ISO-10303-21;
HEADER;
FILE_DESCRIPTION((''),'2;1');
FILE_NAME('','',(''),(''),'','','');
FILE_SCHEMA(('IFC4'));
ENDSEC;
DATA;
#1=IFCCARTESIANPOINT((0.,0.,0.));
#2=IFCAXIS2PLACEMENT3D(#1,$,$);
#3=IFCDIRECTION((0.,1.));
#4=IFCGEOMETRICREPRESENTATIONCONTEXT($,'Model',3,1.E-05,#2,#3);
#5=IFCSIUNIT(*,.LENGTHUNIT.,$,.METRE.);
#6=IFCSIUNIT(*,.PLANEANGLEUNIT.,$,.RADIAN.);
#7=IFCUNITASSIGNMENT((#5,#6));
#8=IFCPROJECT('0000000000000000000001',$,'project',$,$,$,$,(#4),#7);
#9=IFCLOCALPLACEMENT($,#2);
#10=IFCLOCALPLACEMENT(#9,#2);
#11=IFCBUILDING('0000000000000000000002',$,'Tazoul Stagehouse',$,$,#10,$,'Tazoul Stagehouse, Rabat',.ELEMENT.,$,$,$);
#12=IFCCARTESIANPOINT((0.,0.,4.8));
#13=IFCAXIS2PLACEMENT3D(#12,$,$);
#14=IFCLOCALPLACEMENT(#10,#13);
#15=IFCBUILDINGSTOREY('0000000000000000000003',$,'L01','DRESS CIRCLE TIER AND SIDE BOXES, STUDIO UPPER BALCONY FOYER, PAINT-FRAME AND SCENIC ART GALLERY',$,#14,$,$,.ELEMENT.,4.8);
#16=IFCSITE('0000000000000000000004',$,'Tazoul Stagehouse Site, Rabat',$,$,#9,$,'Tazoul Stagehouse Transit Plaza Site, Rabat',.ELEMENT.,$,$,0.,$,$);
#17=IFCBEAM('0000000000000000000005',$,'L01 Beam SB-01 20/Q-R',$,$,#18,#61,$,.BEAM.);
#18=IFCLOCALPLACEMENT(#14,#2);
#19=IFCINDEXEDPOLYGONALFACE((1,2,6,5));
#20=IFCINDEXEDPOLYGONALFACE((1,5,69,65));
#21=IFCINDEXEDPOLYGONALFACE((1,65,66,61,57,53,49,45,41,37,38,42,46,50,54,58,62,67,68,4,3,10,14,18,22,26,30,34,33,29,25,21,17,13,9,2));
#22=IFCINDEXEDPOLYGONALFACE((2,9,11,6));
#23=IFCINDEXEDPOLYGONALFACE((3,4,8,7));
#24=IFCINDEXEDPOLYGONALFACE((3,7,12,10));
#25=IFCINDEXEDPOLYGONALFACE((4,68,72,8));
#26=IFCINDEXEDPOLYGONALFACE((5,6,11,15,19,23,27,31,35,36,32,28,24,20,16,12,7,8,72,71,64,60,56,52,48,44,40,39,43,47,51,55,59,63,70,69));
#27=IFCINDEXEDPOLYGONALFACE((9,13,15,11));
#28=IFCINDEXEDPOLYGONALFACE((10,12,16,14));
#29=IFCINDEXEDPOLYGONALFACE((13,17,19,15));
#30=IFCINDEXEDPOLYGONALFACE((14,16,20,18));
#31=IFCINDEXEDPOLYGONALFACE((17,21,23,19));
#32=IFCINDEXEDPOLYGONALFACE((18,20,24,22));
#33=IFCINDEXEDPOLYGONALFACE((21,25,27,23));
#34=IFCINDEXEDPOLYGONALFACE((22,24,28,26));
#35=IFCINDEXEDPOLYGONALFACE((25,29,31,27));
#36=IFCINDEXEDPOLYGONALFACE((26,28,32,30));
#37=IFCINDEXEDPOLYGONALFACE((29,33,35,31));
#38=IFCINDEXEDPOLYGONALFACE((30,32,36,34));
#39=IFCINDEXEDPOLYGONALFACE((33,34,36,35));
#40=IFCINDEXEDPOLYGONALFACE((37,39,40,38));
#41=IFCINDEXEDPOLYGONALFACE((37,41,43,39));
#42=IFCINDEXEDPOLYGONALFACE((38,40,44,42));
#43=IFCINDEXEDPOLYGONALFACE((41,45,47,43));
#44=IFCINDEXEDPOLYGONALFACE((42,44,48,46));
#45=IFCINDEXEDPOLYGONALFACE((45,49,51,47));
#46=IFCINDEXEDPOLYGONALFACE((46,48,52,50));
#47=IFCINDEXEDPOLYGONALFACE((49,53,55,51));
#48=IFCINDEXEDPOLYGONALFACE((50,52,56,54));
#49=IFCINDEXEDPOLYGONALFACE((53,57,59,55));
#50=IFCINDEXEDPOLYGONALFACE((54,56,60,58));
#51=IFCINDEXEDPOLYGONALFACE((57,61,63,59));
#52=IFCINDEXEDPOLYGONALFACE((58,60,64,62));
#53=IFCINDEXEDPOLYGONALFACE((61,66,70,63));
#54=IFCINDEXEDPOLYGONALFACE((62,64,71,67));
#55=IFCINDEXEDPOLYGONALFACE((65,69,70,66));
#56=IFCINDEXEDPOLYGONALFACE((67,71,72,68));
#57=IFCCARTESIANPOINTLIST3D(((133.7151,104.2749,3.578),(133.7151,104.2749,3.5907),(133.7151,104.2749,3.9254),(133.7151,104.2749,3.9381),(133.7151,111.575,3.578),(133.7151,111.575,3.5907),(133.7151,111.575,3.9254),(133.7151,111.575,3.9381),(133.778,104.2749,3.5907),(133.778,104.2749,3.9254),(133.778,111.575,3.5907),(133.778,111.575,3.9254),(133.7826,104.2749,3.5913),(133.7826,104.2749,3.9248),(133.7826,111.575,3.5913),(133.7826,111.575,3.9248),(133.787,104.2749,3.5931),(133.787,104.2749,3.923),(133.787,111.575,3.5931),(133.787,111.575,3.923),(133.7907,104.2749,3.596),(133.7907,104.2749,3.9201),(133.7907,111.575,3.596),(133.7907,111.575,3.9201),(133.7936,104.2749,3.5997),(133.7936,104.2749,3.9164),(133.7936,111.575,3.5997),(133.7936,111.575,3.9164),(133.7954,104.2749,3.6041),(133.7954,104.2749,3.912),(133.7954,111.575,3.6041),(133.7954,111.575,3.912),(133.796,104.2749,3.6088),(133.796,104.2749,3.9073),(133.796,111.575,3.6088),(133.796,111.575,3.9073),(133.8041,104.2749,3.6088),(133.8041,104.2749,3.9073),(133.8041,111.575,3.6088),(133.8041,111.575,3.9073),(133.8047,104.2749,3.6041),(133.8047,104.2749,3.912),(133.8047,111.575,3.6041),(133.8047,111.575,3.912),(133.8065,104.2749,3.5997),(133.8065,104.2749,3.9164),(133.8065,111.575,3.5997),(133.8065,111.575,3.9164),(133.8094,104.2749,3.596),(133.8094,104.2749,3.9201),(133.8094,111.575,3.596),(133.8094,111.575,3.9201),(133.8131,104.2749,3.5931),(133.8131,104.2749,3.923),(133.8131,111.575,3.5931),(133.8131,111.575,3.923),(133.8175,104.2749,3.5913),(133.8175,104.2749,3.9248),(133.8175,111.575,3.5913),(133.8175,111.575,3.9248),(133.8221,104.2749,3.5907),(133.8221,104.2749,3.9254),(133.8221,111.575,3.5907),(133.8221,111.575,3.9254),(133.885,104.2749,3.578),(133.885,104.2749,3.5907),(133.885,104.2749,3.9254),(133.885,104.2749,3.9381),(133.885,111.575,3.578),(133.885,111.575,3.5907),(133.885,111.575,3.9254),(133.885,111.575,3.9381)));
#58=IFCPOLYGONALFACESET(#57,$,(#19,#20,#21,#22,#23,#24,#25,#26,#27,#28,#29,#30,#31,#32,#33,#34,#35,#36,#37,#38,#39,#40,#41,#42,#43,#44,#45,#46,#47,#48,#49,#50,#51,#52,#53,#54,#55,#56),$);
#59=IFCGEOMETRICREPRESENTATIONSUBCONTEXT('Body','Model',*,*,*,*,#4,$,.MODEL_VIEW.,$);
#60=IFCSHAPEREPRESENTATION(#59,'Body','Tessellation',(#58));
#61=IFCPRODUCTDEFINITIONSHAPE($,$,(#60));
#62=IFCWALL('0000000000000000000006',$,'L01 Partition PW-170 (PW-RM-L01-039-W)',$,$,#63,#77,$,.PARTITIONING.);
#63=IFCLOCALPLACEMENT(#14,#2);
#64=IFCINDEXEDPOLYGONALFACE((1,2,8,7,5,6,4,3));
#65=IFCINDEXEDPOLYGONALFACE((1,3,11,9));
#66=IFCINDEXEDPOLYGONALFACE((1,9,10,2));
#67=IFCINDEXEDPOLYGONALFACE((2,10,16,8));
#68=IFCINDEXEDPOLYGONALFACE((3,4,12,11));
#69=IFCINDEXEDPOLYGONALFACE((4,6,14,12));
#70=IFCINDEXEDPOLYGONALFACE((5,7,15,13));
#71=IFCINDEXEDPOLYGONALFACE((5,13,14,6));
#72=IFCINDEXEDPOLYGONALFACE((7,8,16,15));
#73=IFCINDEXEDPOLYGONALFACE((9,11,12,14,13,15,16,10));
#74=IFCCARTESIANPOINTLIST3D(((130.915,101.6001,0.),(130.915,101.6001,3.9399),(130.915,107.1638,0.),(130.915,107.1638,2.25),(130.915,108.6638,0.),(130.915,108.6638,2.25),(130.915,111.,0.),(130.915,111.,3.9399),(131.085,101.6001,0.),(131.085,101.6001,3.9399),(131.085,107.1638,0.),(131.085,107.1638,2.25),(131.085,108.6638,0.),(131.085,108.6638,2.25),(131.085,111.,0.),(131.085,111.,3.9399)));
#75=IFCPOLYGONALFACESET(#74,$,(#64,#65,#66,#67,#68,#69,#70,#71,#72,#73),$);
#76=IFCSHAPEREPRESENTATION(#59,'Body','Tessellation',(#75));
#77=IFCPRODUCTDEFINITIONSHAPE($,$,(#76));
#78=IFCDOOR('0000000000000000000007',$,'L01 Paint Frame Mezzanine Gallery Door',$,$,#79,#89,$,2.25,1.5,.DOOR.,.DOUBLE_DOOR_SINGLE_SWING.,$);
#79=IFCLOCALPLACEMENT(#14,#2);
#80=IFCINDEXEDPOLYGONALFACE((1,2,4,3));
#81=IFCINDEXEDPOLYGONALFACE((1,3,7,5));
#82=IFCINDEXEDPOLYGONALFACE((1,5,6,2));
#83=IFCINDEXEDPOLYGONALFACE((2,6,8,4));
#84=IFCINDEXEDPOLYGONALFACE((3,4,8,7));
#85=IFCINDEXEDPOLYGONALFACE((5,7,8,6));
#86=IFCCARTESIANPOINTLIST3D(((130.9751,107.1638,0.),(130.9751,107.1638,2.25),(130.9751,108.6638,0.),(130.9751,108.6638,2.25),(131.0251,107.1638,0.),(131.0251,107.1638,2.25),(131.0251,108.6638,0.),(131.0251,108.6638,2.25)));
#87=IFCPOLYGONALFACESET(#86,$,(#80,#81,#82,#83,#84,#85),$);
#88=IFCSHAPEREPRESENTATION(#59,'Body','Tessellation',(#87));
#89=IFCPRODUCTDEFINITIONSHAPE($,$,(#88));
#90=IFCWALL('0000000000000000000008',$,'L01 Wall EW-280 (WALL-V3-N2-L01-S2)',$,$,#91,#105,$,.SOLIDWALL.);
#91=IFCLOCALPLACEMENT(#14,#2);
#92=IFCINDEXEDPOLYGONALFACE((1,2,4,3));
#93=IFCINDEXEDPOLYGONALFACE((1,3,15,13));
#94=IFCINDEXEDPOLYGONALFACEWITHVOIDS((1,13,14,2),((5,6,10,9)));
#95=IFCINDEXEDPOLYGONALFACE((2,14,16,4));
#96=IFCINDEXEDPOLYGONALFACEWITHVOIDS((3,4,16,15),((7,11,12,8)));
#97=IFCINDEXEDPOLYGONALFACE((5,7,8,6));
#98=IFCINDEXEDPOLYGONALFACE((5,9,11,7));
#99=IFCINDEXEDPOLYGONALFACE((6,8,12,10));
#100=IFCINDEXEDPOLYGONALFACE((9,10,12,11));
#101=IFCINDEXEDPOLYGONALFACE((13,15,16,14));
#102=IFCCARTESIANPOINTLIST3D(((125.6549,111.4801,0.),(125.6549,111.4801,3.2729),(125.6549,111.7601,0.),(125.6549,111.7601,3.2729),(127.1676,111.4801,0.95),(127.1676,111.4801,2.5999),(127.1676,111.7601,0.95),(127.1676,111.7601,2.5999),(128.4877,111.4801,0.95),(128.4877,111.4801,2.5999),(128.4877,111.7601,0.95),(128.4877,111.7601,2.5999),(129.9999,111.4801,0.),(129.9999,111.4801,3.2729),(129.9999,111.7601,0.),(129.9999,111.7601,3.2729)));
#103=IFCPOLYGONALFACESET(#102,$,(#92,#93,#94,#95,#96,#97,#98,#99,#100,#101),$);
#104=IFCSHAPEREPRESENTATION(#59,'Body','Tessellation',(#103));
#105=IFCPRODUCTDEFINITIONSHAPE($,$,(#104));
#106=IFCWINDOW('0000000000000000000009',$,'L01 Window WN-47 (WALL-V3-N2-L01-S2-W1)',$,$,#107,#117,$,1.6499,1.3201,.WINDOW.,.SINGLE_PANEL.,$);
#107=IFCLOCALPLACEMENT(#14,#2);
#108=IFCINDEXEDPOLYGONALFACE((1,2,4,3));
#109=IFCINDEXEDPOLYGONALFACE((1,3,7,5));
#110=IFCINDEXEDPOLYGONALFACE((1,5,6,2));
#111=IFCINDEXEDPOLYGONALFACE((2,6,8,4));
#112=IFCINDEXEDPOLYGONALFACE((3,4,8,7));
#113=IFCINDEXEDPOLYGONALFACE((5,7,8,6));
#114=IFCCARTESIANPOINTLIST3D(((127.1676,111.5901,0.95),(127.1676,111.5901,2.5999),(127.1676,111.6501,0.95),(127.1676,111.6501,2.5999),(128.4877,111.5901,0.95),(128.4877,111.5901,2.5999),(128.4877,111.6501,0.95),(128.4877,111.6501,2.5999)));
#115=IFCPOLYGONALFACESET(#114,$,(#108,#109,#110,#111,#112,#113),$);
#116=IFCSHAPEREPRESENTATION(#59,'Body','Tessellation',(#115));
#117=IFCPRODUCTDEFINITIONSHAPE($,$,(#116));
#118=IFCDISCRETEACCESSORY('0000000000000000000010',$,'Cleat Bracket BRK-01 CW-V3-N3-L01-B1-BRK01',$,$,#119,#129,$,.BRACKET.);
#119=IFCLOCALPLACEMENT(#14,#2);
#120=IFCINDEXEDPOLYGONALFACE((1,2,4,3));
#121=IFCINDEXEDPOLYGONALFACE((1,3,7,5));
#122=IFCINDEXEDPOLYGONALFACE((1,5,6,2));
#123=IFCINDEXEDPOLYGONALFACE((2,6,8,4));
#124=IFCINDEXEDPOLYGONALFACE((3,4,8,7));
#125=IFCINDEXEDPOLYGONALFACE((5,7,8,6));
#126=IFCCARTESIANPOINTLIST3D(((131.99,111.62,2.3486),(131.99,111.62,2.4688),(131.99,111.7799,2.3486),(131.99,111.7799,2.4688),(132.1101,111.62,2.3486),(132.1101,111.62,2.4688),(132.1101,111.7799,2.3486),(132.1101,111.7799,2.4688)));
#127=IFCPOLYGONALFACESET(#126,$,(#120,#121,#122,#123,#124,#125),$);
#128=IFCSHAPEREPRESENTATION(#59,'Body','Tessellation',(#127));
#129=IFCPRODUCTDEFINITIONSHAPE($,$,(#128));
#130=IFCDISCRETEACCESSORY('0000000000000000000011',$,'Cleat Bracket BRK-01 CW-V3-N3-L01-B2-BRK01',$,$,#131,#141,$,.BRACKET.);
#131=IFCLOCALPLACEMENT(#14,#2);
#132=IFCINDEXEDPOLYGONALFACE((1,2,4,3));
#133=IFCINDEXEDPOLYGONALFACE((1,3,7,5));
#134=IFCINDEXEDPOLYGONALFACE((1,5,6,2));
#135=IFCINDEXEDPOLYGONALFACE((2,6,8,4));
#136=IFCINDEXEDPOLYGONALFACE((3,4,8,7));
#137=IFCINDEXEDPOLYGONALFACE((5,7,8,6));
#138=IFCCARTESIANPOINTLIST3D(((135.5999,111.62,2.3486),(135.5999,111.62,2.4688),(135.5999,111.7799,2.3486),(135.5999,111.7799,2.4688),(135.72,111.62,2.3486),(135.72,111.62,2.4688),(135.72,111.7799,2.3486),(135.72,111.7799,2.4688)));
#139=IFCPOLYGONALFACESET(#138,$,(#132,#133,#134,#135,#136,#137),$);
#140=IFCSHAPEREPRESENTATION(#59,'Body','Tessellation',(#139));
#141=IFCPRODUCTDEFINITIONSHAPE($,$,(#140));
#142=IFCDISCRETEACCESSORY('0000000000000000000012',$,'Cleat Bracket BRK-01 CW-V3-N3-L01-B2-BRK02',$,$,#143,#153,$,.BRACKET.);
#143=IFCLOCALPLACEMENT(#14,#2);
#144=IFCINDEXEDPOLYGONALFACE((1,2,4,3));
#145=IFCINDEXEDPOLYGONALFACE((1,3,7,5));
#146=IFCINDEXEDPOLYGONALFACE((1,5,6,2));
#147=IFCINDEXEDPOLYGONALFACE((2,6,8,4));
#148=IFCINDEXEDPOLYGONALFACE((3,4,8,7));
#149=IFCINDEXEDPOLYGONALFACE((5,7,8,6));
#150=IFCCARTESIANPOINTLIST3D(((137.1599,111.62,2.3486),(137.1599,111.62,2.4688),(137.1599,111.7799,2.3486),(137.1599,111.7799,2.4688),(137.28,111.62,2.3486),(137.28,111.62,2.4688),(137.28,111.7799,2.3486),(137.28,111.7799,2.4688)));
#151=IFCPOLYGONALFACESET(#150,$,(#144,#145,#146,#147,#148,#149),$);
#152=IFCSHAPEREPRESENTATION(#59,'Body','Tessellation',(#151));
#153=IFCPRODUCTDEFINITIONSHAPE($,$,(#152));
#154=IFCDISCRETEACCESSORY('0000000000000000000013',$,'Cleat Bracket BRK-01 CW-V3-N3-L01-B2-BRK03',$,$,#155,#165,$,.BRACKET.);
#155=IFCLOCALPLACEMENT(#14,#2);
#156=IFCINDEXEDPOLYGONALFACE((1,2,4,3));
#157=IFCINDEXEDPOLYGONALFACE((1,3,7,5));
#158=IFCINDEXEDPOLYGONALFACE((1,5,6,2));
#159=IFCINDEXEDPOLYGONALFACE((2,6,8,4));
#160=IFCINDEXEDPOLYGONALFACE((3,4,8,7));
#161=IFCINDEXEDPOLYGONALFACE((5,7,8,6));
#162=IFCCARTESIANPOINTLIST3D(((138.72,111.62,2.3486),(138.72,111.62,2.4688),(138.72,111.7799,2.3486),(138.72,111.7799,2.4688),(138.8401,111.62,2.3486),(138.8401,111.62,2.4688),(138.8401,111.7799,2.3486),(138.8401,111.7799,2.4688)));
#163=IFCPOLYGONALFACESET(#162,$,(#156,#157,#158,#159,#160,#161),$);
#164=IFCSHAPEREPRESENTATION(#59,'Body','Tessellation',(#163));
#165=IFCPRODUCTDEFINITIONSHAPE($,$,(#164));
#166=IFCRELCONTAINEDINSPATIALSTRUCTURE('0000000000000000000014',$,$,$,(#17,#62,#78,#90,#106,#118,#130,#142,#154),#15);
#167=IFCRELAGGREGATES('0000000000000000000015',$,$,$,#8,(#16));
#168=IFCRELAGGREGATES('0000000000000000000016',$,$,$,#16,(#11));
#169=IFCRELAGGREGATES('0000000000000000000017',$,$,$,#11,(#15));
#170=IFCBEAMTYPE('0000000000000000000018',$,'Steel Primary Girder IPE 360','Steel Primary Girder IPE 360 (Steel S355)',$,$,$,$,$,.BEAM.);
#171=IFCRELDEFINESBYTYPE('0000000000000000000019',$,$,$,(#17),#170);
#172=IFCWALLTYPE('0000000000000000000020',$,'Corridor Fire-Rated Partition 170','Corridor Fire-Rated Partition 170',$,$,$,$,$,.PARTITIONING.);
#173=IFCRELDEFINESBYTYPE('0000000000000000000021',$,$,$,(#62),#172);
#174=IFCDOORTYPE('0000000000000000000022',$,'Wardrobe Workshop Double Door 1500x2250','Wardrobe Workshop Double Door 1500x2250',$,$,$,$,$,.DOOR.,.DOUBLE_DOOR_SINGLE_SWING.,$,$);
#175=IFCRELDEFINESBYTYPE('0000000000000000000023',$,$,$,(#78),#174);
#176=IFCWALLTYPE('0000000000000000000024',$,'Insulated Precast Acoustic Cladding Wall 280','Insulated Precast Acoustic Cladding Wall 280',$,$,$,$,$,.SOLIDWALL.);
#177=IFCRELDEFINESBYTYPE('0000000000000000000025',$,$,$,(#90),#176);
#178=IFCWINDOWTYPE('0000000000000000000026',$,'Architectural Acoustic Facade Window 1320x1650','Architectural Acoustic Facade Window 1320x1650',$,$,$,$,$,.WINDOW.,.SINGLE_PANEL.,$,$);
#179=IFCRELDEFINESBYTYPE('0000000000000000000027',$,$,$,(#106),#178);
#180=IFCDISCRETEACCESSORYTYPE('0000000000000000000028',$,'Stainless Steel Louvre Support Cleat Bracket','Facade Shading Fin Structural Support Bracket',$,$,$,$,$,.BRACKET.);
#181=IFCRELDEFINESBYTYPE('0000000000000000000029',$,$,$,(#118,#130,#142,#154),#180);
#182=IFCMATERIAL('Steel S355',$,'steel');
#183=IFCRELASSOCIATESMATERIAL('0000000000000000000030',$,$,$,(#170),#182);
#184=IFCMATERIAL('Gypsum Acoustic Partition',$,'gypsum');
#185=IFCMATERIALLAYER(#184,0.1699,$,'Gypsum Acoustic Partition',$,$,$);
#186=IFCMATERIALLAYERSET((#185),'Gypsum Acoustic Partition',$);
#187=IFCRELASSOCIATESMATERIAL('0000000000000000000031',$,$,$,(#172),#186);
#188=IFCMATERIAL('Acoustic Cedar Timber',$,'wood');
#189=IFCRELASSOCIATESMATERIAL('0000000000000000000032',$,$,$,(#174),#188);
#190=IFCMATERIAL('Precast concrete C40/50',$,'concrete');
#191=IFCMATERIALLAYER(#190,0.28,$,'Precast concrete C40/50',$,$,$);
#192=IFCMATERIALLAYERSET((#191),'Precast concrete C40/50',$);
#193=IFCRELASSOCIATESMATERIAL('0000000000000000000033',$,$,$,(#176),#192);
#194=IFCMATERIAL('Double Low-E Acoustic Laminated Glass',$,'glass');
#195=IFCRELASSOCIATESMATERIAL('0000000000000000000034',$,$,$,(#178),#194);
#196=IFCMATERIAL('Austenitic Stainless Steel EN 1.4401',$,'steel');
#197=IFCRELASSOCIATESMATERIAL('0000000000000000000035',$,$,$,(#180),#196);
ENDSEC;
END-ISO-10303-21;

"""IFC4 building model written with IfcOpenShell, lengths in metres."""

from ifc_helpers import new_model, si_unit, direction, frame, frame_2d, origin, origin_2d, place, context, subcontext, project, spatial, rectangle, i_section, extrude, material, layer, layer_set, material_profile, profile_set, type_object, element, fill, save


model = new_model("IFC4")

# Units and contexts
model_context = context("Model", 3, precision=1e-05, world=origin(), true_north=direction((0.0, 1.0)))
body_context = subcontext(model_context, "Body", "Model", "MODEL_VIEW")
ifc_project = project(units=[si_unit("LENGTHUNIT", "METRE"), si_unit("PLANEANGLEUNIT", "RADIAN")], contexts=[model_context])

# Site, building, storey
site_placement = place(None, origin())
site = spatial("IfcSite", under=ifc_project, at=site_placement, Name="Tazoul Stagehouse Site, Rabat", LongName="Tazoul Stagehouse Transit Plaza Site, Rabat", CompositionType="ELEMENT", RefElevation=0.0)
building_placement = place(site_placement, origin())
building = spatial("IfcBuilding", under=site, at=building_placement, Name="Tazoul Stagehouse", LongName="Tazoul Stagehouse, Rabat", CompositionType="ELEMENT")
storey_placement = place(building_placement, frame((0.0, 0.0, 4.8)))
storey = spatial("IfcBuildingStorey", under=building, at=storey_placement, Name="L01", Description="DRESS CIRCLE TIER AND SIDE BOXES, STUDIO UPPER BALCONY FOYER, PAINT-FRAME AND SCENIC ART GALLERY", CompositionType="ELEMENT", Elevation=4.8)

# Beam
ifc_material_1 = material(Name="Steel S355", Category="steel")
ifc_material_profile_1 = material_profile(ifc_material_1, i_section(OverallWidth=0.1699, OverallDepth=0.3601, WebThickness=0.0081, FlangeThickness=0.0127, FilletRadius=0.0181, at=origin_2d()), Name="IPE 360")
ifc_profile_set_1 = profile_set([ifc_material_profile_1], Name="Steel S355")
beam_type_1 = type_object("IfcBeamType", Name="Steel Primary Girder IPE 360", Description="Steel Primary Girder IPE 360 (Steel S355)", PredefinedType="BEAM", material=ifc_profile_set_1)
for number, where, z_axis, x_axis, name in (
    (1, (133.8, 104.2749, 3.7581), (0.0, 1.0, 0.0), (-1.0, 0.0, 0.0), "L01 Beam SB-01 20/Q-R"),
):
    element("IfcBeam", number, at=place(storey_placement, frame(where, z_axis=z_axis, x_axis=x_axis)), inside=storey, type_object=beam_type_1, Name=name, PredefinedType="BEAM", context=body_context, shape_type="SweptSolid", body=[
        extrude(i_section(OverallWidth=0.1699, OverallDepth=0.3601, WebThickness=0.0081, FlangeThickness=0.0127, FilletRadius=0.0181, at=origin_2d()), origin(), (0.0, 0.0, 1.0), 7.3),
    ])

# Wall, opening, door
ifc_material_2 = material(Name="Gypsum Acoustic Partition", Category="gypsum")
ifc_layer_1 = layer(ifc_material_2, 0.1699, Name="Gypsum Acoustic Partition")
ifc_layer_set_1 = layer_set([ifc_layer_1], Name="Gypsum Acoustic Partition")
wall_type_1 = type_object("IfcWallType", Name="Corridor Fire-Rated Partition 170", Description="Corridor Fire-Rated Partition 170", PredefinedType="PARTITIONING", material=ifc_layer_set_1)
wall_1_placement = place(storey_placement, frame((131.0, 101.6001, 0.0), z_axis=(0.0, 0.0, 1.0), x_axis=(0.0, 1.0, 0.0)))
wall_1 = element("IfcWall", 2, at=wall_1_placement, inside=storey, type_object=wall_type_1, Name="L01 Partition PW-170 (PW-RM-L01-039-W)", PredefinedType="PARTITIONING", context=body_context, shape_type="SweptSolid", body=[
    extrude(rectangle(XDim=9.3999, YDim=0.1699, at=frame_2d((4.7, 0.0))), origin(), (0.0, 0.0, 1.0), 3.9399),
])
opening_1_placement = place(wall_1_placement, frame((5.5637, 0.0, 0.0)))
opening_1 = element("IfcOpeningElement", 3, at=opening_1_placement, cuts=wall_1, PredefinedType="OPENING", context=body_context, shape_type="SweptSolid", body=[
    extrude(rectangle(XDim=1.5, YDim=2.25, at=frame_2d((0.75, 1.125))), frame((0.0, 0.105, 0.0), z_axis=(0.0, -1.0, 0.0), x_axis=(1.0, 0.0, 0.0)), (0.0, 0.0, 1.0), 0.21),
])
ifc_material_3 = material(Name="Acoustic Cedar Timber", Category="wood")
door_type = type_object("IfcDoorType", Name="Wardrobe Workshop Double Door 1500x2250", Description="Wardrobe Workshop Double Door 1500x2250", OperationType="DOUBLE_DOOR_SINGLE_SWING", PredefinedType="DOOR", material=ifc_material_3)
door_placement = place(opening_1_placement, origin())
door = element("IfcDoor", 4, at=door_placement, inside=storey, type_object=door_type, Name="L01 Paint Frame Mezzanine Gallery Door", OperationType="DOUBLE_DOOR_SINGLE_SWING", OverallHeight=2.25, OverallWidth=1.5, PredefinedType="DOOR", context=body_context, shape_type="SweptSolid", body=[
    extrude(rectangle(XDim=1.5, YDim=2.25, at=frame_2d((0.75, 1.125))), frame((0.0, 0.0249, 0.0), z_axis=(0.0, -1.0, 0.0), x_axis=(1.0, 0.0, 0.0)), (0.0, 0.0, 1.0), 0.05),
])
fill(opening_1, door)

# Wall, opening, window
ifc_material_4 = material(Name="Precast concrete C40/50", Category="concrete")
ifc_layer_2 = layer(ifc_material_4, 0.28, Name="Precast concrete C40/50")
ifc_layer_set_2 = layer_set([ifc_layer_2], Name="Precast concrete C40/50")
wall_type_2 = type_object("IfcWallType", Name="Insulated Precast Acoustic Cladding Wall 280", Description="Insulated Precast Acoustic Cladding Wall 280", PredefinedType="SOLIDWALL", material=ifc_layer_set_2)
wall_2_placement = place(storey_placement, frame((125.655, 111.6201, 0.0), z_axis=(0.0, 0.0, 1.0), x_axis=(1.0, 0.0, 0.0)))
wall_2 = element("IfcWall", 5, at=wall_2_placement, inside=storey, type_object=wall_type_2, Name="L01 Wall EW-280 (WALL-V3-N2-L01-S2)", PredefinedType="SOLIDWALL", context=body_context, shape_type="SweptSolid", body=[
    extrude(rectangle(XDim=4.345, YDim=0.28, at=frame_2d((2.1724, 0.0))), origin(), (0.0, 0.0, 1.0), 3.2729),
])
opening_2_placement = place(wall_2_placement, frame((1.5125, 0.0, 0.95)))
opening_2 = element("IfcOpeningElement", 6, at=opening_2_placement, cuts=wall_2, PredefinedType="OPENING", context=body_context, shape_type="SweptSolid", body=[
    extrude(rectangle(XDim=1.3201, YDim=1.6499, at=frame_2d((0.6602, 0.825))), frame((0.0, 0.1599, 0.0), z_axis=(0.0, -1.0, 0.0), x_axis=(1.0, 0.0, 0.0)), (0.0, 0.0, 1.0), 0.3201),
])
ifc_material_5 = material(Name="Double Low-E Acoustic Laminated Glass", Category="glass")
window_type = type_object("IfcWindowType", Name="Architectural Acoustic Facade Window 1320x1650", Description="Architectural Acoustic Facade Window 1320x1650", PartitioningType="SINGLE_PANEL", PredefinedType="WINDOW", material=ifc_material_5)
window_placement = place(opening_2_placement, origin())
window = element("IfcWindow", 7, at=window_placement, inside=storey, type_object=window_type, Name="L01 Window WN-47 (WALL-V3-N2-L01-S2-W1)", OverallHeight=1.6499, OverallWidth=1.3201, PartitioningType="SINGLE_PANEL", PredefinedType="WINDOW", context=body_context, shape_type="SweptSolid", body=[
    extrude(rectangle(XDim=1.3201, YDim=1.6499, at=frame_2d((0.6602, 0.825))), frame((0.0, 0.03, 0.0), z_axis=(0.0, -1.0, 0.0), x_axis=(1.0, 0.0, 0.0)), (0.0, 0.0, 1.0), 0.0601),
])
fill(opening_2, window)

# Discrete accessories
ifc_material_6 = material(Name="Austenitic Stainless Steel EN 1.4401", Category="steel")
discrete_accessory_type = type_object("IfcDiscreteAccessoryType", Name="Stainless Steel Louvre Support Cleat Bracket", Description="Facade Shading Fin Structural Support Bracket", PredefinedType="BRACKET", material=ifc_material_6)
for number, where, z_axis, x_axis, name in (
    (8, (132.05, 111.7, 2.3486), (0.0, 0.0, 1.0), (1.0, 0.0, 0.0), "Cleat Bracket BRK-01 CW-V3-N3-L01-B1-BRK01"),
    (9, (135.6599, 111.7, 2.3486), (0.0, 0.0, 1.0), (1.0, 0.0, 0.0), "Cleat Bracket BRK-01 CW-V3-N3-L01-B2-BRK01"),
    (10, (137.22, 111.7, 2.3486), (0.0, 0.0, 1.0), (1.0, 0.0, 0.0), "Cleat Bracket BRK-01 CW-V3-N3-L01-B2-BRK02"),
    (11, (138.78, 111.7, 2.3486), (0.0, 0.0, 1.0), (1.0, 0.0, 0.0), "Cleat Bracket BRK-01 CW-V3-N3-L01-B2-BRK03"),
):
    element("IfcDiscreteAccessory", number, at=place(storey_placement, frame(where, z_axis=z_axis, x_axis=x_axis)), inside=storey, type_object=discrete_accessory_type, Name=name, PredefinedType="BRACKET", context=body_context, shape_type="SweptSolid", body=[
        extrude(rectangle(XDim=0.1201, YDim=0.1599, at=origin_2d()), origin(), (0.0, 0.0, 1.0), 0.1201),
    ])

save(model, "model.ifc")
